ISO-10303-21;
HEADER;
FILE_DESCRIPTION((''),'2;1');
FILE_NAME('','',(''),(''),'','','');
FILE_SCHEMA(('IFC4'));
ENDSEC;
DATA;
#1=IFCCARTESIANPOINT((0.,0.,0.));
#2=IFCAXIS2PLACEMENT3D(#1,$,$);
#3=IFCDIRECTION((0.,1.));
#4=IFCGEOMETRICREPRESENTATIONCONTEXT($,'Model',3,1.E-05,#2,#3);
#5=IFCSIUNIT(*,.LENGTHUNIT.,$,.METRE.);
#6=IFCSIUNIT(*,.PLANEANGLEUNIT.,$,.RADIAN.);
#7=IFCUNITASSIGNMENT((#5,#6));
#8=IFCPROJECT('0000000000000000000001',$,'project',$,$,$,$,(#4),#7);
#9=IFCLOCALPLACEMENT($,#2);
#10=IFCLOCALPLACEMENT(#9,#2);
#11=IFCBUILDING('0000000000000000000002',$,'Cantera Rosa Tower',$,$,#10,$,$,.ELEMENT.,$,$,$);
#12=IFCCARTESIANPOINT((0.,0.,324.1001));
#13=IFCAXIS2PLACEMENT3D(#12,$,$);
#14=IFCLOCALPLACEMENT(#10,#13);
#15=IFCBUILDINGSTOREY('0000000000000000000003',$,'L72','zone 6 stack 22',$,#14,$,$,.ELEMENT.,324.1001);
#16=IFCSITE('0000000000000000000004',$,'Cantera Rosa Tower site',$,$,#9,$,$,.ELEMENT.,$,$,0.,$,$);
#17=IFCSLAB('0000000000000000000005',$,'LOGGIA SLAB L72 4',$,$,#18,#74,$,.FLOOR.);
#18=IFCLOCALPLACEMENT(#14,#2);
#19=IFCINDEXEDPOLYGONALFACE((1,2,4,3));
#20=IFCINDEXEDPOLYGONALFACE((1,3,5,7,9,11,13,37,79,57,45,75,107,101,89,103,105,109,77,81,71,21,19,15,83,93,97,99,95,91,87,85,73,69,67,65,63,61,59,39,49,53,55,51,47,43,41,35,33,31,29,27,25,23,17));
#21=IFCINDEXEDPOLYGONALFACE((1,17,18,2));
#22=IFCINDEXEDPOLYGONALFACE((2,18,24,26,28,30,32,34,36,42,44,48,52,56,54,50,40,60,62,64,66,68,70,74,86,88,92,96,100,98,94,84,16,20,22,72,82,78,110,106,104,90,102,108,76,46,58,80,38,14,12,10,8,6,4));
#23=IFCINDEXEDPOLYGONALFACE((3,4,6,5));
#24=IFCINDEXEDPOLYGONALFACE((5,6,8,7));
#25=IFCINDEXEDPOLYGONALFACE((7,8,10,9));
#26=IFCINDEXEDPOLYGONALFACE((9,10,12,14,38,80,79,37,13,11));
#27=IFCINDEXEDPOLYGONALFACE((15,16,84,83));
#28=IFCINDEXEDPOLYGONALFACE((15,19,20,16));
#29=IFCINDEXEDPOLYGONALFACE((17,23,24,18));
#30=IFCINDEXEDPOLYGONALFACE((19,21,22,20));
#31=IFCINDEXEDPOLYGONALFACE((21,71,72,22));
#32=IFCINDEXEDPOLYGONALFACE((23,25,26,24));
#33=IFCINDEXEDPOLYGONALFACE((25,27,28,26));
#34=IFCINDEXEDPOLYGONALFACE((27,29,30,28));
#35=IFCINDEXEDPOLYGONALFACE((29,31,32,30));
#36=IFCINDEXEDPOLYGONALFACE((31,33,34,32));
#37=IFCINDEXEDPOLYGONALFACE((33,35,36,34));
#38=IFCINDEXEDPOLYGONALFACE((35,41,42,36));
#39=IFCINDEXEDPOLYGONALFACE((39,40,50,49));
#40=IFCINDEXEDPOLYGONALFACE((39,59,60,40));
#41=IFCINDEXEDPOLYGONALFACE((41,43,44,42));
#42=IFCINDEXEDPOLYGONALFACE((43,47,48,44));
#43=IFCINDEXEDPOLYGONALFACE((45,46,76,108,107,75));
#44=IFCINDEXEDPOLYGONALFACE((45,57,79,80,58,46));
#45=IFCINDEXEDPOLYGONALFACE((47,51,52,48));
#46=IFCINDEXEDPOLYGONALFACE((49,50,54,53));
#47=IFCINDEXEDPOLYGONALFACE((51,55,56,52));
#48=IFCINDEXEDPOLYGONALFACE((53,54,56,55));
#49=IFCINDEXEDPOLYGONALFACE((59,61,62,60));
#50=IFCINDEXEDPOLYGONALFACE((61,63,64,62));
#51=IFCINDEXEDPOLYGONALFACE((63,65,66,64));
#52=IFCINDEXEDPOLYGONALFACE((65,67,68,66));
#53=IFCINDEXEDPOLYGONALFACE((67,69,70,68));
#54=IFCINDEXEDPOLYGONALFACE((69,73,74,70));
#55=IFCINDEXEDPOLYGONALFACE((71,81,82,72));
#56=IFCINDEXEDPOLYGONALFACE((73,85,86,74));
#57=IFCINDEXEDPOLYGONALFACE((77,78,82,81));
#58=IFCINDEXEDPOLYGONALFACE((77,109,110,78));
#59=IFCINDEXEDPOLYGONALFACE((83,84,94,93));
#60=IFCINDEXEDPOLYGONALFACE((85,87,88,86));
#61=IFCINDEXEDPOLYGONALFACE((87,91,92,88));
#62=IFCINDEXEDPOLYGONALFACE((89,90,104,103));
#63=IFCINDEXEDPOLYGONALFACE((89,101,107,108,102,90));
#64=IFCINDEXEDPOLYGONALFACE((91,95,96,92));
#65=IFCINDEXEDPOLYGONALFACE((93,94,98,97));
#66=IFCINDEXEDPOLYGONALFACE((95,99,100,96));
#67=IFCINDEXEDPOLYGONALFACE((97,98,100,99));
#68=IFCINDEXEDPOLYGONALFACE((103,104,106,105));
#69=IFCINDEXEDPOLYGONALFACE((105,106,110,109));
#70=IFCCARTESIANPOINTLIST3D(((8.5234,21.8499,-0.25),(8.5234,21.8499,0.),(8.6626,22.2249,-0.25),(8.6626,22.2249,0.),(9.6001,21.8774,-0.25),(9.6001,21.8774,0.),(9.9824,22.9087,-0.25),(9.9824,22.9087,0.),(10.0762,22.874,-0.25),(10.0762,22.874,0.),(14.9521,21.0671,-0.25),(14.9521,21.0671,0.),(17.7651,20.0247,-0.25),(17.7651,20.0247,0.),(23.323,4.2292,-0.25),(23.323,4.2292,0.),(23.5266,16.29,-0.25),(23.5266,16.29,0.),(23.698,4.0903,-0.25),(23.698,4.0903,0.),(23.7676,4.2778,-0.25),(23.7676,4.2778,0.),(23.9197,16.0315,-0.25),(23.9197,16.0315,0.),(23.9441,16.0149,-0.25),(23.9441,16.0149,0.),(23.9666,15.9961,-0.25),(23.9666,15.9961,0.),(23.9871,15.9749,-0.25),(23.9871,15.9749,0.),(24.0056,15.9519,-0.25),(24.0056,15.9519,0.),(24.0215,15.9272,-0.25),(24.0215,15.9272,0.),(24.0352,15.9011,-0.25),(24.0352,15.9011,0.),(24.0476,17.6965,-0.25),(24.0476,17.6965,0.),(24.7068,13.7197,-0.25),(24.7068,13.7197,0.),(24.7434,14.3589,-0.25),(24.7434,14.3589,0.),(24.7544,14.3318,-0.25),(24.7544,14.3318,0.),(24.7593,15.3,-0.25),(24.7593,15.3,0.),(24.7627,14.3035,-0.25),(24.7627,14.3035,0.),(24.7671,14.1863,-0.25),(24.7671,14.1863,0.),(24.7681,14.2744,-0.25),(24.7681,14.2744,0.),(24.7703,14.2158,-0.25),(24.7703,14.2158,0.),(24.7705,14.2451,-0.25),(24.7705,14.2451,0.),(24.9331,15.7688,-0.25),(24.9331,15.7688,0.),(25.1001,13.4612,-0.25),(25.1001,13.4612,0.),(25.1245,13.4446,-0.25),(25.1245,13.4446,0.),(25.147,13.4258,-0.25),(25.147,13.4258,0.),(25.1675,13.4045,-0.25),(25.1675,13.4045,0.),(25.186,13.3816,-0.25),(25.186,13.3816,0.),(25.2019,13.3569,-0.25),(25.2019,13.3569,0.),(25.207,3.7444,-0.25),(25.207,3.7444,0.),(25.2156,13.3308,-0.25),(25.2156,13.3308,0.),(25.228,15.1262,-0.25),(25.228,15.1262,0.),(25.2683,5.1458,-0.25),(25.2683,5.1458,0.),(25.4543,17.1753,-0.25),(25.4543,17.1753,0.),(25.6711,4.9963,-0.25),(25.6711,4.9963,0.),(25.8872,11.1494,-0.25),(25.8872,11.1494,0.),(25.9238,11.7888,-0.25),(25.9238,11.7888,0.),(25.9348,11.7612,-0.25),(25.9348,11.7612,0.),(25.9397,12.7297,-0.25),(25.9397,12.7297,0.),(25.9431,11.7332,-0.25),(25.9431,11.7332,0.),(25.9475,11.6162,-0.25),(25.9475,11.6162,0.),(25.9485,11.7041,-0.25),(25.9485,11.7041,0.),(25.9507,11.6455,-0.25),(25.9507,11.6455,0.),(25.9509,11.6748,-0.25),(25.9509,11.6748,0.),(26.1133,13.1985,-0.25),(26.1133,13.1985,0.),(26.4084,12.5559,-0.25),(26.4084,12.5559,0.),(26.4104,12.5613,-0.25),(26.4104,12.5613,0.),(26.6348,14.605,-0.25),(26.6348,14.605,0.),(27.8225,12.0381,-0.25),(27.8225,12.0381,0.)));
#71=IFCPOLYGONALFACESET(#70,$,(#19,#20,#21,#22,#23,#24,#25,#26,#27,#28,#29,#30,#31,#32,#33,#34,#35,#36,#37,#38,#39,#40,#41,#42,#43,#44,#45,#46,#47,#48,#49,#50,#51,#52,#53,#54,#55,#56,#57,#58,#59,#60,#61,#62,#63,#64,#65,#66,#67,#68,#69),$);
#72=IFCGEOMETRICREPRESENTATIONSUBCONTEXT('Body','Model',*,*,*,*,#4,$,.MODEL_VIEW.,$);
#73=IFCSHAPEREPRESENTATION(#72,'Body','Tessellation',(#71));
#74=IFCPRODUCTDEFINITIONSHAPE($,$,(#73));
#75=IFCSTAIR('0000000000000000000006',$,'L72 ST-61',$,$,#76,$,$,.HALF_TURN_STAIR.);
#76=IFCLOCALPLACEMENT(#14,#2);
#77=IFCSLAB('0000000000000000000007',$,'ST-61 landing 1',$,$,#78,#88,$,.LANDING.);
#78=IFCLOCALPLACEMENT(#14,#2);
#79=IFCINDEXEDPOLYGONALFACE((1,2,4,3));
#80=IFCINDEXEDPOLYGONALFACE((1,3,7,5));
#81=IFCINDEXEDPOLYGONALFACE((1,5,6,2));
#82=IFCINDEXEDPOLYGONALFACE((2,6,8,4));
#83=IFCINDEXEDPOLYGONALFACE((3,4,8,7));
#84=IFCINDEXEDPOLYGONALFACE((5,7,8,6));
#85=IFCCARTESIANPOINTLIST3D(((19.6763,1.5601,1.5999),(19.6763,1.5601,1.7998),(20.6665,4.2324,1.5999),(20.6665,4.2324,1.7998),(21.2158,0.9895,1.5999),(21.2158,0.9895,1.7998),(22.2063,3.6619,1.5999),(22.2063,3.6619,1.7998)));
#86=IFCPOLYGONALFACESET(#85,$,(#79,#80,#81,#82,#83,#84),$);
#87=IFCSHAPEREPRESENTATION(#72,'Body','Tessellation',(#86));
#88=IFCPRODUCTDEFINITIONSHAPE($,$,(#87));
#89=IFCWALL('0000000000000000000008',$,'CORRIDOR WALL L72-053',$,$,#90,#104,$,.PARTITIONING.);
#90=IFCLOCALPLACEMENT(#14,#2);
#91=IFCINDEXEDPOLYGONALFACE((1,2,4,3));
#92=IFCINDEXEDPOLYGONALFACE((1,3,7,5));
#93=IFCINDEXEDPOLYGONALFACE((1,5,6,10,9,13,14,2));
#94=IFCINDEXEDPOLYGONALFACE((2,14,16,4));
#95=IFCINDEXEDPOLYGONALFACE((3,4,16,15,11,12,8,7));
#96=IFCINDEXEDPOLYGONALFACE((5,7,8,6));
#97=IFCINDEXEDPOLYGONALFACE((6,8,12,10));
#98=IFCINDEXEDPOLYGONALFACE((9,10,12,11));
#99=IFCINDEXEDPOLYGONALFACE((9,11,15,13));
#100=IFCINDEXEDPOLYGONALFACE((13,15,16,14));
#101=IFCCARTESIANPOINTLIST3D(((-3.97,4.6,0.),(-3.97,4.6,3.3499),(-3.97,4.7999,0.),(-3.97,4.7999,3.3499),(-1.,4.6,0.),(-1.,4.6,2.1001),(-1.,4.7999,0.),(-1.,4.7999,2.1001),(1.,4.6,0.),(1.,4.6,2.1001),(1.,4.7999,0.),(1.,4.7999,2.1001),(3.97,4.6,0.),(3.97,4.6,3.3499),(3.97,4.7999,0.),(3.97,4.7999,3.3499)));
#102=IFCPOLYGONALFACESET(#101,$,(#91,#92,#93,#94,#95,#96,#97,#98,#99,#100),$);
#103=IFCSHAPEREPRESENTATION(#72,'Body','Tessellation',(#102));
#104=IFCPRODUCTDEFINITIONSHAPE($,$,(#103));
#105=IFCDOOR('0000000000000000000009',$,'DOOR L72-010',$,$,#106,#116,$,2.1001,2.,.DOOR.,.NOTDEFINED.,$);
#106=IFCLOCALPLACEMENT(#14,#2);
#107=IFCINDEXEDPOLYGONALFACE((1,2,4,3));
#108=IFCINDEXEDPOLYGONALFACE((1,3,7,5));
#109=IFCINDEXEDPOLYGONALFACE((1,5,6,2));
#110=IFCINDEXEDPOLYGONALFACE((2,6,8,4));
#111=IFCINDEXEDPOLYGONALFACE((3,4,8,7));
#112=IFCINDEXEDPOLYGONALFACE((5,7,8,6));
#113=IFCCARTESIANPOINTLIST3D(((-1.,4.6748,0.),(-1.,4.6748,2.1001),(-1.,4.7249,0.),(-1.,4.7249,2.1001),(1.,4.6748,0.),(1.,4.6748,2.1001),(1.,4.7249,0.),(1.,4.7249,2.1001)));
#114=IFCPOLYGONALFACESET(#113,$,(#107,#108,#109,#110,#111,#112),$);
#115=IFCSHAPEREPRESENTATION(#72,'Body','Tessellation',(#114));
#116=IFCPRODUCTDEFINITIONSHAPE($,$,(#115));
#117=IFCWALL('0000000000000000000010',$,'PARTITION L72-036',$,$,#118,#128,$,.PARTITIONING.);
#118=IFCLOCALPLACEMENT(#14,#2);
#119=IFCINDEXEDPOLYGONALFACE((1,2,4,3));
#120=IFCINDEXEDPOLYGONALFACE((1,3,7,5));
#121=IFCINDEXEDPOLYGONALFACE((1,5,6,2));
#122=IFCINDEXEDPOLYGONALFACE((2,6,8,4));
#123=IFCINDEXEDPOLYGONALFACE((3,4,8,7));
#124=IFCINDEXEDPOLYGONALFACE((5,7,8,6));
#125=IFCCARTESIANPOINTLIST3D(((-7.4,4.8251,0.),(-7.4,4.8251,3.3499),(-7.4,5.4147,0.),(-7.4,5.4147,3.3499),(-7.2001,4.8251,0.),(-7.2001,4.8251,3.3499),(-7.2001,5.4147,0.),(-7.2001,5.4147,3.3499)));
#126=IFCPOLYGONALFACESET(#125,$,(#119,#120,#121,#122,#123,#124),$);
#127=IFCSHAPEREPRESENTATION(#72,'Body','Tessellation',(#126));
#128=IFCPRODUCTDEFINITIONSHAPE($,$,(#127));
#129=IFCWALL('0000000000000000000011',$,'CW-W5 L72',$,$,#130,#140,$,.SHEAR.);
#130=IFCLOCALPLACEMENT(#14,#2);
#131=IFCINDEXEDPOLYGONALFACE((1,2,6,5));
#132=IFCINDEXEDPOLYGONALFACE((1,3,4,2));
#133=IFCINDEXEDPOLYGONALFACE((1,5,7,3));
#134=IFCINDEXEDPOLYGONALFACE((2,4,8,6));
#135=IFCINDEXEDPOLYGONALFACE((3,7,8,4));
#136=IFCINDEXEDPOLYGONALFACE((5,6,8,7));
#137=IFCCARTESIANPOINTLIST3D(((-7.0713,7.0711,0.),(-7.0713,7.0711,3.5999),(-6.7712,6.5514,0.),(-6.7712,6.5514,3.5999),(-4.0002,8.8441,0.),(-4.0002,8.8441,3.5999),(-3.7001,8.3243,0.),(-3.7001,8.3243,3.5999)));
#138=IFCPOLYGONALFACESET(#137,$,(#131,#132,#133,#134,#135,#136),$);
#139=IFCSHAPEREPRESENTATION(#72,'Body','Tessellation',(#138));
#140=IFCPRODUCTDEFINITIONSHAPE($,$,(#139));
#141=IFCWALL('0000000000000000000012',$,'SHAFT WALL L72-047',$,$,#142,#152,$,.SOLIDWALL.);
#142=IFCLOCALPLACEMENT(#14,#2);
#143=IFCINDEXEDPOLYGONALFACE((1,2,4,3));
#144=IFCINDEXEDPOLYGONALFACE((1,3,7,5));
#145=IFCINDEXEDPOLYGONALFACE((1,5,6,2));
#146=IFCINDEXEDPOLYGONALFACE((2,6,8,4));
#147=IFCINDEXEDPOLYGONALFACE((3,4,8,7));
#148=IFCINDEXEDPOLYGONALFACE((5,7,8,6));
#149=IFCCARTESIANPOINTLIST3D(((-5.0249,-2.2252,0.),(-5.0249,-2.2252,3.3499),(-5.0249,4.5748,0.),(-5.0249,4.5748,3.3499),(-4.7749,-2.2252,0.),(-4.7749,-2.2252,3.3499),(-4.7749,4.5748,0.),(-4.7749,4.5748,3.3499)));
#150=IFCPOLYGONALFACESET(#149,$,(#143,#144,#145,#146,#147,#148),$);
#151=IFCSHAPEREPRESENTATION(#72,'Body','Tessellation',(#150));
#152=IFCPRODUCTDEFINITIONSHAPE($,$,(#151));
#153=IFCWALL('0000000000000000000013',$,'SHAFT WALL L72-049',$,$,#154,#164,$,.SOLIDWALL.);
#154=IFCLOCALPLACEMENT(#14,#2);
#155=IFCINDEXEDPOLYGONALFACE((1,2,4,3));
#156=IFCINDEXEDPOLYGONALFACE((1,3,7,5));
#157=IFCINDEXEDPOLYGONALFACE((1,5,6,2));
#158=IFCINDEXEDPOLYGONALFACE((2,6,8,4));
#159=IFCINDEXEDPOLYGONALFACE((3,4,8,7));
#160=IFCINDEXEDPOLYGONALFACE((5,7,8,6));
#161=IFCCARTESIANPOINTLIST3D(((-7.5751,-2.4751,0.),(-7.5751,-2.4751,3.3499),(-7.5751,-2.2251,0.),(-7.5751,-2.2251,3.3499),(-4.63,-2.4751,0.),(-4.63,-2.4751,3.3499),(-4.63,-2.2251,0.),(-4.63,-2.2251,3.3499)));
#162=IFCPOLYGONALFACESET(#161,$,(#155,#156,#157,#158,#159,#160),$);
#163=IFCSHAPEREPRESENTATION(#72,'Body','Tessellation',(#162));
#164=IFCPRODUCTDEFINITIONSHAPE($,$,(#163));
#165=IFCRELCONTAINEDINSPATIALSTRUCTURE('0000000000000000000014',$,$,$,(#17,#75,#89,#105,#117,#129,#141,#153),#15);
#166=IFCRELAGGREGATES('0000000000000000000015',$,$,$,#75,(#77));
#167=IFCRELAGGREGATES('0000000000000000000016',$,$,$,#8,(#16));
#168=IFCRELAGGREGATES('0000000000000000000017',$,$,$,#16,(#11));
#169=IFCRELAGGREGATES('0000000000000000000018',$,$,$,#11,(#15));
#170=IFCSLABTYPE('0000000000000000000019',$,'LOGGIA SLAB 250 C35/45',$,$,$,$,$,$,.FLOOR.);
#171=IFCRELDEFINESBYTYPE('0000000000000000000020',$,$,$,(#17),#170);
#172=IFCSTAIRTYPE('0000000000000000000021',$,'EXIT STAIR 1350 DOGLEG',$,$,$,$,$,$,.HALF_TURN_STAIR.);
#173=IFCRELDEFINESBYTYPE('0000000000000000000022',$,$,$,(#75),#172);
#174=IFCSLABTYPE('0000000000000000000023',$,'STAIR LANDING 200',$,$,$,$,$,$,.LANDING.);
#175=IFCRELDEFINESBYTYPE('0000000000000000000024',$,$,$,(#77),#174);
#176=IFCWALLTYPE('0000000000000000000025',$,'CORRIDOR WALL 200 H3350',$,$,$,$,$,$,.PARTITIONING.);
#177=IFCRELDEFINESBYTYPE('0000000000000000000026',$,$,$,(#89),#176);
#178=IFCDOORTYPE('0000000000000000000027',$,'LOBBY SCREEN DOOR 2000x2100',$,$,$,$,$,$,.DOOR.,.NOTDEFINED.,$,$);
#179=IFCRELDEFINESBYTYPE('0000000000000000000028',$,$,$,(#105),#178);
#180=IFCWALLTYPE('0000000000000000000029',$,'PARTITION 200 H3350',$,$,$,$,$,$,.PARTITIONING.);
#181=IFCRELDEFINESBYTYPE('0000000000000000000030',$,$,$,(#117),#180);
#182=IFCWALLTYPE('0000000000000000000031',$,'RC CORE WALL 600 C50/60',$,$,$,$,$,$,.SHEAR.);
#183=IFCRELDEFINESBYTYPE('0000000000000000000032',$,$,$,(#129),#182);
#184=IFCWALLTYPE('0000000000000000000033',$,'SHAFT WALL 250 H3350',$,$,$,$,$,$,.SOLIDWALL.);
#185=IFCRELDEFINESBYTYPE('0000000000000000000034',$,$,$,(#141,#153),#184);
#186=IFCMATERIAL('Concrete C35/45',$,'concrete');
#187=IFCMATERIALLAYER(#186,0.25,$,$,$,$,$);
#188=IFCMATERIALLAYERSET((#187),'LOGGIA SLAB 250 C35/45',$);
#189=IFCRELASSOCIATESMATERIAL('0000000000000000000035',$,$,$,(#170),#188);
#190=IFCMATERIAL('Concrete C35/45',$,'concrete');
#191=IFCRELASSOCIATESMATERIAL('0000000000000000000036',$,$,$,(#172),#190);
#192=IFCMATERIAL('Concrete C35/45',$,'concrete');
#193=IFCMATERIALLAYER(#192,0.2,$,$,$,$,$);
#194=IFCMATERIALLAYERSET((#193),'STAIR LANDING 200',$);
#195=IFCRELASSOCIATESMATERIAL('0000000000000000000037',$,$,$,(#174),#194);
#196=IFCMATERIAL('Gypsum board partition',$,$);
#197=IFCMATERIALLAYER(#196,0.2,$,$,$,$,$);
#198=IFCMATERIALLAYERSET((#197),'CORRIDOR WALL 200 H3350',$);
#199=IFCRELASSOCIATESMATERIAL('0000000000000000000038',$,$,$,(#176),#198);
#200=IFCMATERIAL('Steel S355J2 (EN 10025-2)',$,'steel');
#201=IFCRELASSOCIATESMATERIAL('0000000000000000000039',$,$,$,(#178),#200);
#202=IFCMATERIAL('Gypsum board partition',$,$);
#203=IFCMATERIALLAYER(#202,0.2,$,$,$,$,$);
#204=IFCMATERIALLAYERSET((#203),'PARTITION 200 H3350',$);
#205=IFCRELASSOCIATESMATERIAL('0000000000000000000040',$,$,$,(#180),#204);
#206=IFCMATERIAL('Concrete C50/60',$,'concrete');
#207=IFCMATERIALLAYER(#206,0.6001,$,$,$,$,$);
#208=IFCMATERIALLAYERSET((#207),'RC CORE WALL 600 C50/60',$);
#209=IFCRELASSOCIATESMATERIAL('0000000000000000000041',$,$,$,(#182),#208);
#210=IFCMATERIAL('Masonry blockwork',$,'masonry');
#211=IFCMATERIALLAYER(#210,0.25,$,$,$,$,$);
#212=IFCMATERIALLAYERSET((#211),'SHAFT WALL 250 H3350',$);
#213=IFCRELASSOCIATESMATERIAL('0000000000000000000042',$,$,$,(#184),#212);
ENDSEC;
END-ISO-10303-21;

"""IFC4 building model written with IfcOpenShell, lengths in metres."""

from ifc_helpers import new_model, si_unit, direction, frame, frame_2d, origin, place, context, subcontext, project, spatial, polyline, rectangle, outline, extrude, material, layer, layer_set, type_object, element, fill, aggregate, save


model = new_model("IFC4")

# Units and contexts
model_context = context("Model", 3, precision=1e-05, world=origin(), true_north=direction((0.0, 1.0)))
body_context = subcontext(model_context, "Body", "Model", "MODEL_VIEW")
ifc_project = project(units=[si_unit("LENGTHUNIT", "METRE"), si_unit("PLANEANGLEUNIT", "RADIAN")], contexts=[model_context])

# Site, building, storey
site_placement = place(None, origin())
site = spatial("IfcSite", under=ifc_project, at=site_placement, Name="Cantera Rosa Tower site", CompositionType="ELEMENT", RefElevation=0.0)
building_placement = place(site_placement, origin())
building = spatial("IfcBuilding", under=site, at=building_placement, Name="Cantera Rosa Tower", CompositionType="ELEMENT")
storey_placement = place(building_placement, frame((0.0, 0.0, 324.1001)))
storey = spatial("IfcBuildingStorey", under=building, at=storey_placement, Name="L72", Description="zone 6 stack 22", CompositionType="ELEMENT", Elevation=324.1001)

# Slab
ifc_material_1 = material(Name="Concrete C35/45", Category="concrete")
ifc_layer_1 = layer(ifc_material_1, 0.25)
ifc_layer_set_1 = layer_set([ifc_layer_1], Name="LOGGIA SLAB 250 C35/45")
slab_type_1 = type_object("IfcSlabType", Name="LOGGIA SLAB 250 C35/45", PredefinedType="FLOOR", material=ifc_layer_set_1)
slab_1_placement = place(storey_placement, frame((0.0, 0.0, -0.25)))
element("IfcSlab", 1, at=slab_1_placement, inside=storey, type_object=slab_type_1, Name="LOGGIA SLAB L72 4", PredefinedType="FLOOR", context=body_context, shape_type="SweptSolid", body=[
    extrude(outline(polyline([(17.7651, 20.0247), (24.0476, 17.6965), (25.4543, 17.1753), (24.9331, 15.7688), (24.7593, 15.3), (25.228, 15.1262), (26.6348, 14.605), (26.1133, 13.1985), (25.9397, 12.7297), (26.4084, 12.5559), (26.4104, 12.5613), (27.8225, 12.0381), (25.2683, 5.1458), (25.6711, 4.9963), (25.207, 3.7444), (23.7676, 4.2778), (23.698, 4.0903), (23.323, 4.2292), (25.8872, 11.1494), (25.9475, 11.6162), (25.9507, 11.6455), (25.9509, 11.6748), (25.9485, 11.7041), (25.9431, 11.7332), (25.9348, 11.7612), (25.9238, 11.7888), (25.2156, 13.3308), (25.2019, 13.3569), (25.186, 13.3816), (25.1675, 13.4045), (25.147, 13.4258), (25.1245, 13.4446), (25.1001, 13.4612), (24.7068, 13.7197), (24.7671, 14.1863), (24.7703, 14.2158), (24.7705, 14.2451), (24.7681, 14.2744), (24.7627, 14.3035), (24.7544, 14.3318), (24.7434, 14.3589), (24.0352, 15.9011), (24.0215, 15.9272), (24.0056, 15.9519), (23.9871, 15.9749), (23.9666, 15.9961), (23.9441, 16.0149), (23.9197, 16.0315), (23.5266, 16.29), (8.5234, 21.8499), (8.6626, 22.2249), (9.6001, 21.8774), (9.9824, 22.9087), (10.0762, 22.874), (14.9521, 21.0671), (17.7651, 20.0247)])), origin(), (0.0, 0.0, 1.0), 0.25),
])

# Stair, slab
ifc_material_2 = material(Name="Concrete C35/45", Category="concrete")
stair_type = type_object("IfcStairType", Name="EXIT STAIR 1350 DOGLEG", PredefinedType="HALF_TURN_STAIR", material=ifc_material_2)
stair_placement = place(storey_placement, origin())
stair = element("IfcStair", 2, at=stair_placement, inside=storey, type_object=stair_type, Name="L72 ST-61", PredefinedType="HALF_TURN_STAIR")
ifc_material_3 = material(Name="Concrete C35/45", Category="concrete")
ifc_layer_2 = layer(ifc_material_3, 0.2)
ifc_layer_set_2 = layer_set([ifc_layer_2], Name="STAIR LANDING 200")
slab_type_2 = type_object("IfcSlabType", Name="STAIR LANDING 200", PredefinedType="LANDING", material=ifc_layer_set_2)
slab_2_placement = place(storey_placement, frame((0.0, 0.0, 1.5999)))
slab_2 = element("IfcSlab", 3, at=slab_2_placement, type_object=slab_type_2, Name="ST-61 landing 1", PredefinedType="LANDING", context=body_context, shape_type="SweptSolid", body=[
    extrude(outline(polyline([(19.6763, 1.5601), (21.2158, 0.9895), (22.2063, 3.6619), (20.6665, 4.2324), (19.6763, 1.5601)])), origin(), (0.0, 0.0, 1.0), 0.2),
])
aggregate(stair, [slab_2])

# Wall, opening, door
ifc_material_4 = material(Name="Gypsum board partition")
ifc_layer_3 = layer(ifc_material_4, 0.2)
ifc_layer_set_3 = layer_set([ifc_layer_3], Name="CORRIDOR WALL 200 H3350")
wall_type_1 = type_object("IfcWallType", Name="CORRIDOR WALL 200 H3350", PredefinedType="PARTITIONING", material=ifc_layer_set_3)
wall_1_placement = place(storey_placement, frame((-3.97, 4.7, 0.0), z_axis=(0.0, 0.0, 1.0), x_axis=(1.0, 0.0, 0.0)))
wall_1 = element("IfcWall", 4, at=wall_1_placement, inside=storey, type_object=wall_type_1, Name="CORRIDOR WALL L72-053", PredefinedType="PARTITIONING", context=body_context, shape_type="SweptSolid", body=[
    extrude(rectangle(XDim=7.9399, YDim=0.2, at=frame_2d((3.97, 0.0))), origin(), (0.0, 0.0, 1.0), 3.3499),
])
opening_placement = place(wall_1_placement, frame((2.97, 0.0, 0.0)))
opening = element("IfcOpeningElement", 5, at=opening_placement, cuts=wall_1, PredefinedType="OPENING", context=body_context, shape_type="SweptSolid", body=[
    extrude(rectangle(XDim=2.0, YDim=2.1001, at=frame_2d((1.0, 1.05))), frame((0.0, 0.1099, 0.0), z_axis=(0.0, -1.0, 0.0), x_axis=(1.0, 0.0, 0.0)), (0.0, 0.0, 1.0), 0.22),
])
ifc_material_5 = material(Name="Steel S355J2 (EN 10025-2)", Category="steel")
door_type = type_object("IfcDoorType", Name="LOBBY SCREEN DOOR 2000x2100", OperationType="NOTDEFINED", PredefinedType="DOOR", material=ifc_material_5)
door_placement = place(opening_placement, origin())
door = element("IfcDoor", 6, at=door_placement, inside=storey, type_object=door_type, Name="DOOR L72-010", OperationType="NOTDEFINED", OverallHeight=2.1001, OverallWidth=2.0, PredefinedType="DOOR", context=body_context, shape_type="SweptSolid", body=[
    extrude(rectangle(XDim=2.0, YDim=2.1001, at=frame_2d((1.0, 1.05))), frame((0.0, 0.0249, 0.0), z_axis=(0.0, -1.0, 0.0), x_axis=(1.0, 0.0, 0.0)), (0.0, 0.0, 1.0), 0.05),
])
fill(opening, door)

# Walls
ifc_material_6 = material(Name="Gypsum board partition")
ifc_layer_4 = layer(ifc_material_6, 0.2)
ifc_layer_set_4 = layer_set([ifc_layer_4], Name="PARTITION 200 H3350")
wall_type_2 = type_object("IfcWallType", Name="PARTITION 200 H3350", PredefinedType="PARTITIONING", material=ifc_layer_set_4)
wall_2_placement = place(storey_placement, frame((-7.3, 4.825, 0.0), z_axis=(0.0, 0.0, 1.0), x_axis=(0.0, 1.0, 0.0)))
element("IfcWall", 7, at=wall_2_placement, inside=storey, type_object=wall_type_2, Name="PARTITION L72-036", PredefinedType="PARTITIONING", context=body_context, shape_type="SweptSolid", body=[
    extrude(rectangle(XDim=0.5896, YDim=0.2, at=frame_2d((0.2949, 0.0))), origin(), (0.0, 0.0, 1.0), 3.3499),
])
ifc_material_7 = material(Name="Concrete C50/60", Category="concrete")
ifc_layer_5 = layer(ifc_material_7, 0.6001)
ifc_layer_set_5 = layer_set([ifc_layer_5], Name="RC CORE WALL 600 C50/60")
wall_type_3 = type_object("IfcWallType", Name="RC CORE WALL 600 C50/60", PredefinedType="SHEAR", material=ifc_layer_set_5)
wall_3_placement = place(storey_placement, frame((-6.9211, 6.8113, 0.0), z_axis=(0.0, 0.0, 1.0), x_axis=(0.86604, 0.499975, 0.0)))
element("IfcWall", 8, at=wall_3_placement, inside=storey, type_object=wall_type_3, Name="CW-W5 L72", PredefinedType="SHEAR", context=body_context, shape_type="SweptSolid", body=[
    extrude(rectangle(XDim=3.5461, YDim=0.6001, at=frame_2d((1.7729, 0.0))), origin(), (0.0, 0.0, 1.0), 3.5999),
])
ifc_material_8 = material(Name="Masonry blockwork", Category="masonry")
ifc_layer_6 = layer(ifc_material_8, 0.25)
ifc_layer_set_6 = layer_set([ifc_layer_6], Name="SHAFT WALL 250 H3350")
wall_type_4 = type_object("IfcWallType", Name="SHAFT WALL 250 H3350", PredefinedType="SOLIDWALL", material=ifc_layer_set_6)
wall_4_placement = place(storey_placement, frame((-4.8999, -2.2251, 0.0), z_axis=(0.0, 0.0, 1.0), x_axis=(0.0, 1.0, 0.0)))
element("IfcWall", 9, at=wall_4_placement, inside=storey, type_object=wall_type_4, Name="SHAFT WALL L72-047", PredefinedType="SOLIDWALL", context=body_context, shape_type="SweptSolid", body=[
    extrude(rectangle(XDim=6.8, YDim=0.25, at=frame_2d((3.3999, 0.0))), origin(), (0.0, 0.0, 1.0), 3.3499),
])
wall_5_placement = place(storey_placement, frame((-4.6299, -2.3501, 0.0), z_axis=(0.0, 0.0, 1.0), x_axis=(-1.0, 0.0, 0.0)))
element("IfcWall", 10, at=wall_5_placement, inside=storey, type_object=wall_type_4, Name="SHAFT WALL L72-049", PredefinedType="SOLIDWALL", context=body_context, shape_type="SweptSolid", body=[
    extrude(rectangle(XDim=2.9451, YDim=0.25, at=frame_2d((1.4727, 0.0))), origin(), (0.0, 0.0, 1.0), 3.3499),
])

save(model, "model.ifc")
